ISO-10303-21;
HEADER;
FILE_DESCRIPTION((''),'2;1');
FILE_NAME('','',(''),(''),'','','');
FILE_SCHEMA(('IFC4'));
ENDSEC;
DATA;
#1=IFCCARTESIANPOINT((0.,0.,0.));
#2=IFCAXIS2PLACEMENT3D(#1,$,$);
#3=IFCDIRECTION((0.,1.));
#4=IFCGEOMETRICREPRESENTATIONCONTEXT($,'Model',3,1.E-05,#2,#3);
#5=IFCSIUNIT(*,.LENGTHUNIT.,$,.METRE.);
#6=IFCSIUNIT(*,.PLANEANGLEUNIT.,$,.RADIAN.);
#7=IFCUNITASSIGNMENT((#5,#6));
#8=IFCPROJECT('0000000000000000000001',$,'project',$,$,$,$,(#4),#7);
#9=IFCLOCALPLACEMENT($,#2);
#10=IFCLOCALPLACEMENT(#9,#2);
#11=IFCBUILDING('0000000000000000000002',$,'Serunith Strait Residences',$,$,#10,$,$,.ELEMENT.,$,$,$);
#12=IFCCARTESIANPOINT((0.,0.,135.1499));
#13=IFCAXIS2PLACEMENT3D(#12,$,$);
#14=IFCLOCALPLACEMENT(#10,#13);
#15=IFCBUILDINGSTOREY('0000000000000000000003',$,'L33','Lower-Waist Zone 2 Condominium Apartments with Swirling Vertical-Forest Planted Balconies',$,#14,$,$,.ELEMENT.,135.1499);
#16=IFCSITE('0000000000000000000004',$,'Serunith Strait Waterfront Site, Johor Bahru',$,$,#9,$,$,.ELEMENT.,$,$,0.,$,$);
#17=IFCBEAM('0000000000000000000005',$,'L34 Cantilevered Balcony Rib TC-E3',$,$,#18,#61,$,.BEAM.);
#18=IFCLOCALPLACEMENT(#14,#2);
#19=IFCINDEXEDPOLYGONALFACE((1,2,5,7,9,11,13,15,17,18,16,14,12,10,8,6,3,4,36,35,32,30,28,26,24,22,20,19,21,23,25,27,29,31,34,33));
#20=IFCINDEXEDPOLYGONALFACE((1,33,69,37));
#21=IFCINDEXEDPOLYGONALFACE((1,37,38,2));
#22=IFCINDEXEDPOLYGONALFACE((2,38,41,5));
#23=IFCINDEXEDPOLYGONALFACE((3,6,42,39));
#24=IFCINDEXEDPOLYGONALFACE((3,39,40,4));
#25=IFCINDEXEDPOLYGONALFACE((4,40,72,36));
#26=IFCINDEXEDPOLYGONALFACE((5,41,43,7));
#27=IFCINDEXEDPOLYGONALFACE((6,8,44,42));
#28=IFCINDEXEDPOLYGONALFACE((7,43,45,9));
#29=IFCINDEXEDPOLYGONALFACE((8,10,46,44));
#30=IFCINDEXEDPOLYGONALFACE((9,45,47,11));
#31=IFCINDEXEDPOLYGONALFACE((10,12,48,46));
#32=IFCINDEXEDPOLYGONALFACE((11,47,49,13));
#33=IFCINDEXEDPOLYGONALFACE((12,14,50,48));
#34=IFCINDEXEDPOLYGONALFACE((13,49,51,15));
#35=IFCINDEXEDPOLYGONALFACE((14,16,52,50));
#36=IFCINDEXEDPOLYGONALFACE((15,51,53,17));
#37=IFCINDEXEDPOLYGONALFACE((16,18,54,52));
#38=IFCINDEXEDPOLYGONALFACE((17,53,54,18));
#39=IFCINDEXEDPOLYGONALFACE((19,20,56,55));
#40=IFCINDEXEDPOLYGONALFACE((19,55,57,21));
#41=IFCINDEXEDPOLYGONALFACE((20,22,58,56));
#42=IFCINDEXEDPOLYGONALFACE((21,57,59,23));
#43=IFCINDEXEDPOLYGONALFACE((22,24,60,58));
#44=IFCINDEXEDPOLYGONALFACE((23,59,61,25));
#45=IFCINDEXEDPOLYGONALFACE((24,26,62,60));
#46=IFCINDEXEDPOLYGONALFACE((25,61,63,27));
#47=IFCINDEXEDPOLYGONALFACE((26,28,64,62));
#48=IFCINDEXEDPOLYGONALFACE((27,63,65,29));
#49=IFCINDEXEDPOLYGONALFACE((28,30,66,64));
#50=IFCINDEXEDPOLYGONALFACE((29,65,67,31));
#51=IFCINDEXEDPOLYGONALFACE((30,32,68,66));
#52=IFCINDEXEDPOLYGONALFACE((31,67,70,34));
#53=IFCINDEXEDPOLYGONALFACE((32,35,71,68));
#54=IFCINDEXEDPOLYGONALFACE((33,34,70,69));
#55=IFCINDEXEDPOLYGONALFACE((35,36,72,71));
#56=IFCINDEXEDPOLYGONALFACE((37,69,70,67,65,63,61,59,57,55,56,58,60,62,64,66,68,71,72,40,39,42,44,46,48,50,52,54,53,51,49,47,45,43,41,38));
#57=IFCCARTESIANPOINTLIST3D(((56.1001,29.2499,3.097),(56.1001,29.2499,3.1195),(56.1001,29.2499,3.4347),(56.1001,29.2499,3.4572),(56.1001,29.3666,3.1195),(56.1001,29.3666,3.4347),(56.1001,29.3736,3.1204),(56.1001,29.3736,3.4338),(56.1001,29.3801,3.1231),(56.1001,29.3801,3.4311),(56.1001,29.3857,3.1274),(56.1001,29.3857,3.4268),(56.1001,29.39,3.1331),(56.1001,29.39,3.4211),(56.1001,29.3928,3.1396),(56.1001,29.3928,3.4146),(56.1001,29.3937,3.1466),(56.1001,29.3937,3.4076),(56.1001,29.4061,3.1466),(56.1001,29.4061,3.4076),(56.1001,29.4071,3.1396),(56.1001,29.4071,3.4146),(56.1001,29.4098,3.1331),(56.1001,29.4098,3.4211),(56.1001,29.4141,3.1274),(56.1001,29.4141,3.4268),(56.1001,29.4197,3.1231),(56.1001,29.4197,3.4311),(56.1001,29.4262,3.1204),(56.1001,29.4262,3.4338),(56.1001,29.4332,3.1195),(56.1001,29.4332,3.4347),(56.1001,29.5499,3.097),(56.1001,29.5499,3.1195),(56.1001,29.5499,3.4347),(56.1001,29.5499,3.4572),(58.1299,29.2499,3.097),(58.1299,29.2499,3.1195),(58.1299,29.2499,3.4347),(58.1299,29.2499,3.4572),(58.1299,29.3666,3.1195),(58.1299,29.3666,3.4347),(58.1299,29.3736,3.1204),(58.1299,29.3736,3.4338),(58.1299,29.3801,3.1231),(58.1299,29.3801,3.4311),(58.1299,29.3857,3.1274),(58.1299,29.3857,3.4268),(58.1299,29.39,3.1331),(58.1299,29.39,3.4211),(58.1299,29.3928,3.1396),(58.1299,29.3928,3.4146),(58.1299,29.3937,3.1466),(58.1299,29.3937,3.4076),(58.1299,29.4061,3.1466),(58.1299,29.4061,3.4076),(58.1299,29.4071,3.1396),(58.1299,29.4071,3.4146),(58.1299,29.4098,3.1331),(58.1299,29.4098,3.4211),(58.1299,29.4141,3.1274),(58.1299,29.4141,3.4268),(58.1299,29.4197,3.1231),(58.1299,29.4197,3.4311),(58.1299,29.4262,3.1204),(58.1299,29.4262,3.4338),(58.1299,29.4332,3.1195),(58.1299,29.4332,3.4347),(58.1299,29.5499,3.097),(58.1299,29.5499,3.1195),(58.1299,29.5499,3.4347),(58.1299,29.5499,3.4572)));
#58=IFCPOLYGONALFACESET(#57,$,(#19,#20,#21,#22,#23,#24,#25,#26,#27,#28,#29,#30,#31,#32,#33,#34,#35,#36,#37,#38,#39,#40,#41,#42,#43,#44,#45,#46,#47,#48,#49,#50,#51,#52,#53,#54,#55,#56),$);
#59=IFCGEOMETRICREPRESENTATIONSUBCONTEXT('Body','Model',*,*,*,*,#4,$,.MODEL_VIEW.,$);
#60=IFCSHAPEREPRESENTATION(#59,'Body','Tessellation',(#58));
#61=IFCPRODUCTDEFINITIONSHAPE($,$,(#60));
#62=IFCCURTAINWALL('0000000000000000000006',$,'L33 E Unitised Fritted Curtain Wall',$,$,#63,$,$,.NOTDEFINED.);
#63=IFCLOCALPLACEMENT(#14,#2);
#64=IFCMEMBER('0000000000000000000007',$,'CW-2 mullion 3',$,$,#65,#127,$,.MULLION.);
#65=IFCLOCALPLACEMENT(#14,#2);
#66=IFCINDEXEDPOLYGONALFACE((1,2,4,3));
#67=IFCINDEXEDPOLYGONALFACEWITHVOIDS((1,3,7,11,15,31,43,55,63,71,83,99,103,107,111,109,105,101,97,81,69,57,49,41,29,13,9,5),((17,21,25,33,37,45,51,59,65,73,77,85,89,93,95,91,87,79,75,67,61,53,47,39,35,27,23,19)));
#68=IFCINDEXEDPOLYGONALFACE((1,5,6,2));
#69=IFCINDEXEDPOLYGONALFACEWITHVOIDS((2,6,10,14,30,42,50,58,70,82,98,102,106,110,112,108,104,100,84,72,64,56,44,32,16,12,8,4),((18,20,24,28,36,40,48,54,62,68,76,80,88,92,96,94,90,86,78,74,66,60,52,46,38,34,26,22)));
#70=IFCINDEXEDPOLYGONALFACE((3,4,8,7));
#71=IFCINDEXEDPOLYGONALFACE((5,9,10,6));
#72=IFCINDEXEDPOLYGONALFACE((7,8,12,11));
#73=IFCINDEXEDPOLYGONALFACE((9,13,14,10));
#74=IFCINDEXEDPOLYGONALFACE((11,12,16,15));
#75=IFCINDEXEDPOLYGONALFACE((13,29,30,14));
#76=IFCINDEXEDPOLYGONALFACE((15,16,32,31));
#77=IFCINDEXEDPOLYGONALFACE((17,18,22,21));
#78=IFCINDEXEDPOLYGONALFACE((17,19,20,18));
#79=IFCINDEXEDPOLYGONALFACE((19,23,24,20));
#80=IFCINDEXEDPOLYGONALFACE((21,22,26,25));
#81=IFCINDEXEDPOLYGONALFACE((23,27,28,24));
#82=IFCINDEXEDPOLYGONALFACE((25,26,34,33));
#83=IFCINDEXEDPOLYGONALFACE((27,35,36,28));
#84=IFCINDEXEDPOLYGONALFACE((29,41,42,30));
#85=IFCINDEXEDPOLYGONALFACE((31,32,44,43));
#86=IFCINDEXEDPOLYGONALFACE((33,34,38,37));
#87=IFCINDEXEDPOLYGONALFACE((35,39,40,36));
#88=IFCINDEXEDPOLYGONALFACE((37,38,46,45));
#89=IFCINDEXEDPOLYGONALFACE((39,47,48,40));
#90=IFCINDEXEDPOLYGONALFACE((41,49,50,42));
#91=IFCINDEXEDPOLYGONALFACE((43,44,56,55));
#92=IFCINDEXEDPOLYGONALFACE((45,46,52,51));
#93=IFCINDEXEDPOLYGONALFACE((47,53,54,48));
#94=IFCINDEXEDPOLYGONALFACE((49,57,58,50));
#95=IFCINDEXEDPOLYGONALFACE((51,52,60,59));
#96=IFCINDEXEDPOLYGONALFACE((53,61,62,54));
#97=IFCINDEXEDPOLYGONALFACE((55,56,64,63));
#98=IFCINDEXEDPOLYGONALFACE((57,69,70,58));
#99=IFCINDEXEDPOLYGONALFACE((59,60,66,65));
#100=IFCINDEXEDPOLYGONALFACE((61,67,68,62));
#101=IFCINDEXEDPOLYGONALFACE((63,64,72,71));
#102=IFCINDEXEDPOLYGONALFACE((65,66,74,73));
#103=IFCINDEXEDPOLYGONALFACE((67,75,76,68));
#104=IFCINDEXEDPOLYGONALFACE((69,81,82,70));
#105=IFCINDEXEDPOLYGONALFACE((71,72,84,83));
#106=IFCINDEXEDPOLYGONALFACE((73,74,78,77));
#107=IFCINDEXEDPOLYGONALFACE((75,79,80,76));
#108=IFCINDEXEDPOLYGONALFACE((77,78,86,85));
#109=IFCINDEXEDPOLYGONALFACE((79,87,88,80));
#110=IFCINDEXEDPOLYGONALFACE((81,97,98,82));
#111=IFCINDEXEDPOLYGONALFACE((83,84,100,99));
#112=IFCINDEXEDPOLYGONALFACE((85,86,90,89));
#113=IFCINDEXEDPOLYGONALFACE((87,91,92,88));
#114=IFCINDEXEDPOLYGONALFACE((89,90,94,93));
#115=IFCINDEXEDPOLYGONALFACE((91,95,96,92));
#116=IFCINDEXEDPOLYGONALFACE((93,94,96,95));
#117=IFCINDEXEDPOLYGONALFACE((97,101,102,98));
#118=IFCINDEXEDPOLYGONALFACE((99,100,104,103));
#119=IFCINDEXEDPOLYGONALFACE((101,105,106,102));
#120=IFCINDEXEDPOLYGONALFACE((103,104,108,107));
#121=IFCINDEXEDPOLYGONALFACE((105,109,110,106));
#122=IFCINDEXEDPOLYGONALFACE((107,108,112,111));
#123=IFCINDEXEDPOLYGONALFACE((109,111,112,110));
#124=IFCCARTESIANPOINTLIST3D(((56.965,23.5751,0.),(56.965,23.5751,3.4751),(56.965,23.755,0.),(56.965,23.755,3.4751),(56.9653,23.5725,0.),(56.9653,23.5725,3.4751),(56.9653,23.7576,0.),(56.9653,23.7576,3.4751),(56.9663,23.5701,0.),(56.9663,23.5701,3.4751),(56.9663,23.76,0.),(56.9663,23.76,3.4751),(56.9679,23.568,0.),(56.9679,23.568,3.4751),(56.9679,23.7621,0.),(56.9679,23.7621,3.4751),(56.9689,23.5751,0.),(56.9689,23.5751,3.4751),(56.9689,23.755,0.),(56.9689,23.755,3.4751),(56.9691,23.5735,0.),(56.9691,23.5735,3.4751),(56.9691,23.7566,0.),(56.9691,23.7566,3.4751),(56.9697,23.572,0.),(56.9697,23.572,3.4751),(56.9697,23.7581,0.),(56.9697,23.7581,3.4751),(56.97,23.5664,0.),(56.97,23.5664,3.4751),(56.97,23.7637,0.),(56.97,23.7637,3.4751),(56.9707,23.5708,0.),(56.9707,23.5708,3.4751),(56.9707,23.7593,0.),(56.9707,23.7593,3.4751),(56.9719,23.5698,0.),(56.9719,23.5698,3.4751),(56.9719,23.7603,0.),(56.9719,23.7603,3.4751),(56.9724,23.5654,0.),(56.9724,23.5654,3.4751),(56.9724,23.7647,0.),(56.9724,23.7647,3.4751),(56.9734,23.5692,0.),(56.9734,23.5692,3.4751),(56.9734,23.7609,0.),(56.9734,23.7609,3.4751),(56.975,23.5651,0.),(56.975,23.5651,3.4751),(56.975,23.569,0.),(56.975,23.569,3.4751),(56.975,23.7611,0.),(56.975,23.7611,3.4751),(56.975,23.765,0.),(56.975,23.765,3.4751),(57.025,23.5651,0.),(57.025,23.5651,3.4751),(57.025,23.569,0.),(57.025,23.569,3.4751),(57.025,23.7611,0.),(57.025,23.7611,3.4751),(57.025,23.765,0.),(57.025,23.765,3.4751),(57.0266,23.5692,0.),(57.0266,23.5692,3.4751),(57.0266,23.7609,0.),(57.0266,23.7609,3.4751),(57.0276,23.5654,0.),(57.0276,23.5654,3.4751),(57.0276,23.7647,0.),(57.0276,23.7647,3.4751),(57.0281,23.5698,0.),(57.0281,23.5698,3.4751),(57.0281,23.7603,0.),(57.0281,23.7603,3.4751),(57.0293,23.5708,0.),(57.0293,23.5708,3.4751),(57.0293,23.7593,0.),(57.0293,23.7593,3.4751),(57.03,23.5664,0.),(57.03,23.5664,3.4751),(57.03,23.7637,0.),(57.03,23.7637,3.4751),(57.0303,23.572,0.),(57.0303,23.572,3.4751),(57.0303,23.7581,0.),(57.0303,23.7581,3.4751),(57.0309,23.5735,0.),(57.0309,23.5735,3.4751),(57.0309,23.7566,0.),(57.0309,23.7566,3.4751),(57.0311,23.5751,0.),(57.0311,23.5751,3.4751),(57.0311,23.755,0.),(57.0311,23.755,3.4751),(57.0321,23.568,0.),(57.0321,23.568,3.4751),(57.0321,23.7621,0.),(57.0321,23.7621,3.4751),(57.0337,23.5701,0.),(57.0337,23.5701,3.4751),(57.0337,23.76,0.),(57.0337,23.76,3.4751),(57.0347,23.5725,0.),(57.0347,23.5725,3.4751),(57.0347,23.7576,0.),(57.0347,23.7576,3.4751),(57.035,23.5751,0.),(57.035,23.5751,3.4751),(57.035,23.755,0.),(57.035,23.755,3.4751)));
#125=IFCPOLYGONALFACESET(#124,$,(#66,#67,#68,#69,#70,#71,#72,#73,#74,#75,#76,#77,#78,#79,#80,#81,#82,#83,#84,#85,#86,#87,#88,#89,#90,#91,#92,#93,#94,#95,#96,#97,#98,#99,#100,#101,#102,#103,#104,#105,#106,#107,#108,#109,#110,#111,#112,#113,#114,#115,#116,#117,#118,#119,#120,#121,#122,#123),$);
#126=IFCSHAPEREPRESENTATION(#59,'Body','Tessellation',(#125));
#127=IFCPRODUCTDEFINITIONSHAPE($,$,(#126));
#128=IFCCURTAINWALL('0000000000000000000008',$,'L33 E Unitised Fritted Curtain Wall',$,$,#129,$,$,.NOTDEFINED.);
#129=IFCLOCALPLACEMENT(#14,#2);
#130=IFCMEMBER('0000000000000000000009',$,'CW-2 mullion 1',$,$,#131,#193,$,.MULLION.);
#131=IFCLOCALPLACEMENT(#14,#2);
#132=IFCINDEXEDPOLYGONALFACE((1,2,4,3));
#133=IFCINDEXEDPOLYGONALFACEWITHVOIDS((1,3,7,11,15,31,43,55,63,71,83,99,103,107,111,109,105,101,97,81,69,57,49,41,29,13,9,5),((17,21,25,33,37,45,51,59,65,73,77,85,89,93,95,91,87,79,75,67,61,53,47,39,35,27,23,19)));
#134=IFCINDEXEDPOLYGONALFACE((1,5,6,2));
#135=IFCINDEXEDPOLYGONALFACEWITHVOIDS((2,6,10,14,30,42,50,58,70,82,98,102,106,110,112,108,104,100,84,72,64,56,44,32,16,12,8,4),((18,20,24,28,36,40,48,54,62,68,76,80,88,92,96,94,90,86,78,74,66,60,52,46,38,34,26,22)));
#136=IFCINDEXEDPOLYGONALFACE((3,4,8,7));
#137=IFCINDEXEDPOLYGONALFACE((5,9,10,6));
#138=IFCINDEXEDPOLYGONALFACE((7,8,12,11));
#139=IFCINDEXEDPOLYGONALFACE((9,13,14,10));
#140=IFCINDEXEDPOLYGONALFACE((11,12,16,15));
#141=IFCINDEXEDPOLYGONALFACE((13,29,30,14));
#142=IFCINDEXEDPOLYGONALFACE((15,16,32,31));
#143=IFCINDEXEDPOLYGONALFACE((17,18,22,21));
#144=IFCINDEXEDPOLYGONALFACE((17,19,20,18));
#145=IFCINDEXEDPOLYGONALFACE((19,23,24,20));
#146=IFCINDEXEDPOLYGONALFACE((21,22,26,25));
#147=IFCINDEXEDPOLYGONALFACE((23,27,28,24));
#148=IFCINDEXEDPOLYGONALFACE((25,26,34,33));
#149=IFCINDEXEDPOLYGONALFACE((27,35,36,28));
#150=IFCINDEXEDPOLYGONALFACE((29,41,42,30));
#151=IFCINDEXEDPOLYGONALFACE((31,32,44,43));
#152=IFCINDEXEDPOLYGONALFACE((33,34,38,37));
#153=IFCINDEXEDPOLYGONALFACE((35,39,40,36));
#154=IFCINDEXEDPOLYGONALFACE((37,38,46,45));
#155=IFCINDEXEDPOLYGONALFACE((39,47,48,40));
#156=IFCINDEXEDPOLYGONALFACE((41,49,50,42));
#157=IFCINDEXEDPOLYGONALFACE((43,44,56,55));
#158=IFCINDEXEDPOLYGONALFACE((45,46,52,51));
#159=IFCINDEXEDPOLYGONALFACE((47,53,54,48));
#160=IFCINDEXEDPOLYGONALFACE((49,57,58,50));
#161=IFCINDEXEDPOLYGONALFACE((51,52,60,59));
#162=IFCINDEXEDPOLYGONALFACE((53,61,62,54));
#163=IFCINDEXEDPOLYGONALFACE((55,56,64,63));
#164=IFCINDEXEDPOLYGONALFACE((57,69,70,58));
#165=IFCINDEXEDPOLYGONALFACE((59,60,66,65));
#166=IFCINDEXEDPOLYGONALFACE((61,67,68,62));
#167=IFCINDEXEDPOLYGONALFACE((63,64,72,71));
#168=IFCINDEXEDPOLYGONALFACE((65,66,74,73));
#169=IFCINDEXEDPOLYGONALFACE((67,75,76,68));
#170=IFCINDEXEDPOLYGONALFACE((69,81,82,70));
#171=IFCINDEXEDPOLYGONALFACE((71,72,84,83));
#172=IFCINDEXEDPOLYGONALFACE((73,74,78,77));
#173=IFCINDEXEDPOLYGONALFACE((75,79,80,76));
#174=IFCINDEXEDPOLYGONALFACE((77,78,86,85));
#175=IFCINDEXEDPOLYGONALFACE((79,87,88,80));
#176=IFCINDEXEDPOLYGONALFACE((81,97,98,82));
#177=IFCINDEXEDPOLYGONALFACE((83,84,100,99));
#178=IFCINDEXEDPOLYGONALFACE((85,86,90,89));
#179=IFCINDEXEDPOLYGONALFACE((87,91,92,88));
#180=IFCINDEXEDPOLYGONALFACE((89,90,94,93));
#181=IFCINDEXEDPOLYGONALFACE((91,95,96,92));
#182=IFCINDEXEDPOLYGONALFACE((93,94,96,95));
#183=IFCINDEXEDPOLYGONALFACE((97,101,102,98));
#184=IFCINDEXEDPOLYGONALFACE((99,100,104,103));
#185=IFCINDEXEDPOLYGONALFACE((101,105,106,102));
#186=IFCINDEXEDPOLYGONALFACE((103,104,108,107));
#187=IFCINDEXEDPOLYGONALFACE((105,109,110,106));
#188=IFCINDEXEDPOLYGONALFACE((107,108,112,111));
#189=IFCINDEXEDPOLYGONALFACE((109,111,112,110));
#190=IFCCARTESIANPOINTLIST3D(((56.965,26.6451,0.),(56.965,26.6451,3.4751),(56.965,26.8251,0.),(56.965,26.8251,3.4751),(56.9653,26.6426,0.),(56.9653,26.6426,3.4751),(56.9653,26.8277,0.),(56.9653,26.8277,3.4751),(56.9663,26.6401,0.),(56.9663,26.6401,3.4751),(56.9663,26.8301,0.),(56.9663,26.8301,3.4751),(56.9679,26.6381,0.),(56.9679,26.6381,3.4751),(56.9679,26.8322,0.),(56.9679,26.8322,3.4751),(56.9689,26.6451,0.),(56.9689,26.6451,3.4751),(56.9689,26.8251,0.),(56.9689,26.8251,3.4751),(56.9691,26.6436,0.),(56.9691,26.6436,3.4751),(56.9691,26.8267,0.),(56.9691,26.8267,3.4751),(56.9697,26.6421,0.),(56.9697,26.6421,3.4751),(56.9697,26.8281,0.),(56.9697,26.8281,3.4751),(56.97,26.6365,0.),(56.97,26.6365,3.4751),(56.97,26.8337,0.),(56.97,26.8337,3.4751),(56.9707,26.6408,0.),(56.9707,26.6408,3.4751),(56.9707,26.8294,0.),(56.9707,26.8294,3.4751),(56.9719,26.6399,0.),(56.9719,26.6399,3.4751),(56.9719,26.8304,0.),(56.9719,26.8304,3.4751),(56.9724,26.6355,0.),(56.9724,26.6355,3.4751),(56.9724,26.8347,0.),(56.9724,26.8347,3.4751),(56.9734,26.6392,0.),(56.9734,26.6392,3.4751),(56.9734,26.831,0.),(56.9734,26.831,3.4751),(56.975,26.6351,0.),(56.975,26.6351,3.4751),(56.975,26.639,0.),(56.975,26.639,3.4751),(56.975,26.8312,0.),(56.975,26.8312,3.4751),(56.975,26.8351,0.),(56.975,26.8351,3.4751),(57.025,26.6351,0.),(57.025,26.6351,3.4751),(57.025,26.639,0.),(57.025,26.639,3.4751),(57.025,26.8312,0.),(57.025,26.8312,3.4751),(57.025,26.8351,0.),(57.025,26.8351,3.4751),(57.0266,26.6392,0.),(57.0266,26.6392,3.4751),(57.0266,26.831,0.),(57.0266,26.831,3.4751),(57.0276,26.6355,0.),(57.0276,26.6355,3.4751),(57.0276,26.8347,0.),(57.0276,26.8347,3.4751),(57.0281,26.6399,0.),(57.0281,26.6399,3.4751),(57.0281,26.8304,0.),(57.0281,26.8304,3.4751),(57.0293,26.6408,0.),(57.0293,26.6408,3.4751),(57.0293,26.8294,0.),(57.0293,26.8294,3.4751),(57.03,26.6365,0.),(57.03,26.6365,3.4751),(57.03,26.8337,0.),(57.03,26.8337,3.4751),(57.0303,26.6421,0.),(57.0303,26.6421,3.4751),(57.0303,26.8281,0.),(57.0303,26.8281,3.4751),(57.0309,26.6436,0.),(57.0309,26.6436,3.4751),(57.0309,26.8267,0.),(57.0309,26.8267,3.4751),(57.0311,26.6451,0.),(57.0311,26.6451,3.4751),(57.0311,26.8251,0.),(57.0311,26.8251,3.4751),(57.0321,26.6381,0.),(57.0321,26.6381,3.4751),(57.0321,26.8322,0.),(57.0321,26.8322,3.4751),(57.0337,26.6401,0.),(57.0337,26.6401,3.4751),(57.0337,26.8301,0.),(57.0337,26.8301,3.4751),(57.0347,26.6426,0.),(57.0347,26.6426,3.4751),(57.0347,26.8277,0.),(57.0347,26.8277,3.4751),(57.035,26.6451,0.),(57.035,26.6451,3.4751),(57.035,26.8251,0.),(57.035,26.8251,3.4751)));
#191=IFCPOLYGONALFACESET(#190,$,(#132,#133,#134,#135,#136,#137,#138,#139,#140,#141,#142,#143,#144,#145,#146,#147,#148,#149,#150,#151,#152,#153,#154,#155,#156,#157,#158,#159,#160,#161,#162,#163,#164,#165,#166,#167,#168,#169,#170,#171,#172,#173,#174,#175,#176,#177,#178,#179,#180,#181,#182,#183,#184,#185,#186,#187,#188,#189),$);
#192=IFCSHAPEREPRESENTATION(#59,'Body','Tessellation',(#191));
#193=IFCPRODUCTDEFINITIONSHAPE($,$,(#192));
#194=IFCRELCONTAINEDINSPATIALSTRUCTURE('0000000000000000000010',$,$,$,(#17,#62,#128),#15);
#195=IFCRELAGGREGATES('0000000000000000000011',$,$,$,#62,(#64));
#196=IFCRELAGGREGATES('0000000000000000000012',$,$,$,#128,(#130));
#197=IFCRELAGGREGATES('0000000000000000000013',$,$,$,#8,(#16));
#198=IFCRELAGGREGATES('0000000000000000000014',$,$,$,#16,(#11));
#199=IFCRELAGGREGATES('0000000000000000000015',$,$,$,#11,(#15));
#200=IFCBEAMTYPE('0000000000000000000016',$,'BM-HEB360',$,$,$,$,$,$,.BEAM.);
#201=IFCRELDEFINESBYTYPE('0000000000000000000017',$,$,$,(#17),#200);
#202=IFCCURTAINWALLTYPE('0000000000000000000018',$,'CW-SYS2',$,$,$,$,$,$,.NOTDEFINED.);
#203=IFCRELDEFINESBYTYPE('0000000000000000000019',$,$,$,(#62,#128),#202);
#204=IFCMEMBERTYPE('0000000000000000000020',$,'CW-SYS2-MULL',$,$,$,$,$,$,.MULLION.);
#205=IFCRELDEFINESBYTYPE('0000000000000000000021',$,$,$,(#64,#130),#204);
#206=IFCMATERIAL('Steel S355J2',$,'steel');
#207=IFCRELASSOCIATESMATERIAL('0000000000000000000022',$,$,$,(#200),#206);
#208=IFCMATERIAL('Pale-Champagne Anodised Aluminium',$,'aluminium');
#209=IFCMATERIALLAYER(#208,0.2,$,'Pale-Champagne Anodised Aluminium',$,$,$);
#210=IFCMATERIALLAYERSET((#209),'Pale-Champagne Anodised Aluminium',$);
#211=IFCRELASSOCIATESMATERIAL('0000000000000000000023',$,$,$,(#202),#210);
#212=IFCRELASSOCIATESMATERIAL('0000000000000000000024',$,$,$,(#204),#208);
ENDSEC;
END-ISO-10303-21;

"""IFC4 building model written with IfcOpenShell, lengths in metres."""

from ifc_helpers import new_model, si_unit, direction, frame, origin, origin_2d, place, context, subcontext, project, spatial, hollow_rectangle, i_section, extrude, source, transform, mapped, material, layer, layer_set, material_profile, profile_set, type_object, element, aggregate, save


model = new_model("IFC4")

# Units and contexts
model_context = context("Model", 3, precision=1e-05, world=origin(), true_north=direction((0.0, 1.0)))
body_context = subcontext(model_context, "Body", "Model", "MODEL_VIEW")
ifc_project = project(units=[si_unit("LENGTHUNIT", "METRE"), si_unit("PLANEANGLEUNIT", "RADIAN")], contexts=[model_context])

# Site, building, storey
site_placement = place(None, origin())
site = spatial("IfcSite", under=ifc_project, at=site_placement, Name="Serunith Strait Waterfront Site, Johor Bahru", CompositionType="ELEMENT", RefElevation=0.0)
building_placement = place(site_placement, origin())
building = spatial("IfcBuilding", under=site, at=building_placement, Name="Serunith Strait Residences", CompositionType="ELEMENT")
storey_placement = place(building_placement, frame((0.0, 0.0, 135.1499)))
storey = spatial("IfcBuildingStorey", under=building, at=storey_placement, Name="L33", Description="Lower-Waist Zone 2 Condominium Apartments with Swirling Vertical-Forest Planted Balconies", CompositionType="ELEMENT", Elevation=135.1499)

# Beam
ifc_material_1 = material(Name="Steel S355J2", Category="steel")
ifc_material_profile_1 = material_profile(ifc_material_1, i_section(OverallWidth=0.3, OverallDepth=0.3601, WebThickness=0.0125, FlangeThickness=0.0225, FilletRadius=0.0271, at=origin_2d()), Name="HEB 360")
ifc_profile_set_1 = profile_set([ifc_material_profile_1], Name="Steel S355J2")
beam_type_1 = type_object("IfcBeamType", Name="BM-HEB360", PredefinedType="BEAM", material=ifc_profile_set_1)
shared_shape_1 = source(origin(), body_context, "Body", "SweptSolid", [
    extrude(i_section(OverallWidth=0.3, OverallDepth=0.3601, WebThickness=0.0125, FlangeThickness=0.0225, FilletRadius=0.0271, at=origin_2d()), origin(), (0.0, 0.0, 1.0), 2.0298),
])
beam_1_placement = place(storey_placement, frame((56.1001, 29.3999, 3.2771), z_axis=(1.0, 0.0, 0.0), x_axis=(0.0, 1.0, 0.0)))
element("IfcBeam", 1, at=beam_1_placement, inside=storey, type_object=beam_type_1, Name="L34 Cantilevered Balcony Rib TC-E3", PredefinedType="BEAM", context=body_context, shape_type="MappedRepresentation", body=[
    mapped(shared_shape_1, transform((0.0, 0.0, 0.0), scale=1.0)),
])

# Curtain wall, member
ifc_material_2 = material(Name="Pale-Champagne Anodised Aluminium", Category="aluminium")
ifc_layer_1 = layer(ifc_material_2, 0.2, Name="Pale-Champagne Anodised Aluminium")
ifc_layer_set_1 = layer_set([ifc_layer_1], Name="Pale-Champagne Anodised Aluminium")
curtain_wall_type = type_object("IfcCurtainWallType", Name="CW-SYS2", PredefinedType="NOTDEFINED", material=ifc_layer_set_1)
curtain_wall_1_placement = place(storey_placement, origin())
curtain_wall_1 = element("IfcCurtainWall", 2, at=curtain_wall_1_placement, inside=storey, type_object=curtain_wall_type, Name="L33 E Unitised Fritted Curtain Wall", PredefinedType="NOTDEFINED")
ifc_material_profile_2 = material_profile(ifc_material_2, hollow_rectangle(XDim=0.0701, YDim=0.2, WallThickness=0.0039, InnerFilletRadius=0.0061, OuterFilletRadius=0.01, at=origin_2d()), Name="ALU 200x70x4")
ifc_profile_set_2 = profile_set([ifc_material_profile_2], Name="Pale-Champagne Anodised Aluminium")
member_type_1 = type_object("IfcMemberType", Name="CW-SYS2-MULL", PredefinedType="MULLION", material=ifc_profile_set_2)
shared_shape_2 = source(origin(), body_context, "Body", "SweptSolid", [
    extrude(hollow_rectangle(XDim=0.0701, YDim=0.2, WallThickness=0.0039, InnerFilletRadius=0.0061, OuterFilletRadius=0.01, at=origin_2d()), origin(), (0.0, 0.0, 1.0), 3.4751),
])
member_1_placement = place(storey_placement, frame((57.0, 23.665, 0.0), z_axis=(0.0, 0.0, 1.0), x_axis=(-1.0, 0.0, 0.0)))
member_1 = element("IfcMember", 3, at=member_1_placement, type_object=member_type_1, Name="CW-2 mullion 3", PredefinedType="MULLION", context=body_context, shape_type="MappedRepresentation", body=[
    mapped(shared_shape_2, transform((0.0, 0.0, 0.0), scale=1.0)),
])
aggregate(curtain_wall_1, [member_1])

# Curtain wall, member
curtain_wall_2_placement = place(storey_placement, origin())
curtain_wall_2 = element("IfcCurtainWall", 4, at=curtain_wall_2_placement, inside=storey, type_object=curtain_wall_type, Name="L33 E Unitised Fritted Curtain Wall", PredefinedType="NOTDEFINED")
member_2_placement = place(storey_placement, frame((57.0, 26.7351, 0.0), z_axis=(0.0, 0.0, 1.0), x_axis=(-1.0, 0.0, 0.0)))
member_2 = element("IfcMember", 5, at=member_2_placement, type_object=member_type_1, Name="CW-2 mullion 1", PredefinedType="MULLION", context=body_context, shape_type="MappedRepresentation", body=[
    mapped(shared_shape_2, transform((0.0, 0.0, 0.0), scale=1.0)),
])
aggregate(curtain_wall_2, [member_2])

save(model, "model.ifc")
